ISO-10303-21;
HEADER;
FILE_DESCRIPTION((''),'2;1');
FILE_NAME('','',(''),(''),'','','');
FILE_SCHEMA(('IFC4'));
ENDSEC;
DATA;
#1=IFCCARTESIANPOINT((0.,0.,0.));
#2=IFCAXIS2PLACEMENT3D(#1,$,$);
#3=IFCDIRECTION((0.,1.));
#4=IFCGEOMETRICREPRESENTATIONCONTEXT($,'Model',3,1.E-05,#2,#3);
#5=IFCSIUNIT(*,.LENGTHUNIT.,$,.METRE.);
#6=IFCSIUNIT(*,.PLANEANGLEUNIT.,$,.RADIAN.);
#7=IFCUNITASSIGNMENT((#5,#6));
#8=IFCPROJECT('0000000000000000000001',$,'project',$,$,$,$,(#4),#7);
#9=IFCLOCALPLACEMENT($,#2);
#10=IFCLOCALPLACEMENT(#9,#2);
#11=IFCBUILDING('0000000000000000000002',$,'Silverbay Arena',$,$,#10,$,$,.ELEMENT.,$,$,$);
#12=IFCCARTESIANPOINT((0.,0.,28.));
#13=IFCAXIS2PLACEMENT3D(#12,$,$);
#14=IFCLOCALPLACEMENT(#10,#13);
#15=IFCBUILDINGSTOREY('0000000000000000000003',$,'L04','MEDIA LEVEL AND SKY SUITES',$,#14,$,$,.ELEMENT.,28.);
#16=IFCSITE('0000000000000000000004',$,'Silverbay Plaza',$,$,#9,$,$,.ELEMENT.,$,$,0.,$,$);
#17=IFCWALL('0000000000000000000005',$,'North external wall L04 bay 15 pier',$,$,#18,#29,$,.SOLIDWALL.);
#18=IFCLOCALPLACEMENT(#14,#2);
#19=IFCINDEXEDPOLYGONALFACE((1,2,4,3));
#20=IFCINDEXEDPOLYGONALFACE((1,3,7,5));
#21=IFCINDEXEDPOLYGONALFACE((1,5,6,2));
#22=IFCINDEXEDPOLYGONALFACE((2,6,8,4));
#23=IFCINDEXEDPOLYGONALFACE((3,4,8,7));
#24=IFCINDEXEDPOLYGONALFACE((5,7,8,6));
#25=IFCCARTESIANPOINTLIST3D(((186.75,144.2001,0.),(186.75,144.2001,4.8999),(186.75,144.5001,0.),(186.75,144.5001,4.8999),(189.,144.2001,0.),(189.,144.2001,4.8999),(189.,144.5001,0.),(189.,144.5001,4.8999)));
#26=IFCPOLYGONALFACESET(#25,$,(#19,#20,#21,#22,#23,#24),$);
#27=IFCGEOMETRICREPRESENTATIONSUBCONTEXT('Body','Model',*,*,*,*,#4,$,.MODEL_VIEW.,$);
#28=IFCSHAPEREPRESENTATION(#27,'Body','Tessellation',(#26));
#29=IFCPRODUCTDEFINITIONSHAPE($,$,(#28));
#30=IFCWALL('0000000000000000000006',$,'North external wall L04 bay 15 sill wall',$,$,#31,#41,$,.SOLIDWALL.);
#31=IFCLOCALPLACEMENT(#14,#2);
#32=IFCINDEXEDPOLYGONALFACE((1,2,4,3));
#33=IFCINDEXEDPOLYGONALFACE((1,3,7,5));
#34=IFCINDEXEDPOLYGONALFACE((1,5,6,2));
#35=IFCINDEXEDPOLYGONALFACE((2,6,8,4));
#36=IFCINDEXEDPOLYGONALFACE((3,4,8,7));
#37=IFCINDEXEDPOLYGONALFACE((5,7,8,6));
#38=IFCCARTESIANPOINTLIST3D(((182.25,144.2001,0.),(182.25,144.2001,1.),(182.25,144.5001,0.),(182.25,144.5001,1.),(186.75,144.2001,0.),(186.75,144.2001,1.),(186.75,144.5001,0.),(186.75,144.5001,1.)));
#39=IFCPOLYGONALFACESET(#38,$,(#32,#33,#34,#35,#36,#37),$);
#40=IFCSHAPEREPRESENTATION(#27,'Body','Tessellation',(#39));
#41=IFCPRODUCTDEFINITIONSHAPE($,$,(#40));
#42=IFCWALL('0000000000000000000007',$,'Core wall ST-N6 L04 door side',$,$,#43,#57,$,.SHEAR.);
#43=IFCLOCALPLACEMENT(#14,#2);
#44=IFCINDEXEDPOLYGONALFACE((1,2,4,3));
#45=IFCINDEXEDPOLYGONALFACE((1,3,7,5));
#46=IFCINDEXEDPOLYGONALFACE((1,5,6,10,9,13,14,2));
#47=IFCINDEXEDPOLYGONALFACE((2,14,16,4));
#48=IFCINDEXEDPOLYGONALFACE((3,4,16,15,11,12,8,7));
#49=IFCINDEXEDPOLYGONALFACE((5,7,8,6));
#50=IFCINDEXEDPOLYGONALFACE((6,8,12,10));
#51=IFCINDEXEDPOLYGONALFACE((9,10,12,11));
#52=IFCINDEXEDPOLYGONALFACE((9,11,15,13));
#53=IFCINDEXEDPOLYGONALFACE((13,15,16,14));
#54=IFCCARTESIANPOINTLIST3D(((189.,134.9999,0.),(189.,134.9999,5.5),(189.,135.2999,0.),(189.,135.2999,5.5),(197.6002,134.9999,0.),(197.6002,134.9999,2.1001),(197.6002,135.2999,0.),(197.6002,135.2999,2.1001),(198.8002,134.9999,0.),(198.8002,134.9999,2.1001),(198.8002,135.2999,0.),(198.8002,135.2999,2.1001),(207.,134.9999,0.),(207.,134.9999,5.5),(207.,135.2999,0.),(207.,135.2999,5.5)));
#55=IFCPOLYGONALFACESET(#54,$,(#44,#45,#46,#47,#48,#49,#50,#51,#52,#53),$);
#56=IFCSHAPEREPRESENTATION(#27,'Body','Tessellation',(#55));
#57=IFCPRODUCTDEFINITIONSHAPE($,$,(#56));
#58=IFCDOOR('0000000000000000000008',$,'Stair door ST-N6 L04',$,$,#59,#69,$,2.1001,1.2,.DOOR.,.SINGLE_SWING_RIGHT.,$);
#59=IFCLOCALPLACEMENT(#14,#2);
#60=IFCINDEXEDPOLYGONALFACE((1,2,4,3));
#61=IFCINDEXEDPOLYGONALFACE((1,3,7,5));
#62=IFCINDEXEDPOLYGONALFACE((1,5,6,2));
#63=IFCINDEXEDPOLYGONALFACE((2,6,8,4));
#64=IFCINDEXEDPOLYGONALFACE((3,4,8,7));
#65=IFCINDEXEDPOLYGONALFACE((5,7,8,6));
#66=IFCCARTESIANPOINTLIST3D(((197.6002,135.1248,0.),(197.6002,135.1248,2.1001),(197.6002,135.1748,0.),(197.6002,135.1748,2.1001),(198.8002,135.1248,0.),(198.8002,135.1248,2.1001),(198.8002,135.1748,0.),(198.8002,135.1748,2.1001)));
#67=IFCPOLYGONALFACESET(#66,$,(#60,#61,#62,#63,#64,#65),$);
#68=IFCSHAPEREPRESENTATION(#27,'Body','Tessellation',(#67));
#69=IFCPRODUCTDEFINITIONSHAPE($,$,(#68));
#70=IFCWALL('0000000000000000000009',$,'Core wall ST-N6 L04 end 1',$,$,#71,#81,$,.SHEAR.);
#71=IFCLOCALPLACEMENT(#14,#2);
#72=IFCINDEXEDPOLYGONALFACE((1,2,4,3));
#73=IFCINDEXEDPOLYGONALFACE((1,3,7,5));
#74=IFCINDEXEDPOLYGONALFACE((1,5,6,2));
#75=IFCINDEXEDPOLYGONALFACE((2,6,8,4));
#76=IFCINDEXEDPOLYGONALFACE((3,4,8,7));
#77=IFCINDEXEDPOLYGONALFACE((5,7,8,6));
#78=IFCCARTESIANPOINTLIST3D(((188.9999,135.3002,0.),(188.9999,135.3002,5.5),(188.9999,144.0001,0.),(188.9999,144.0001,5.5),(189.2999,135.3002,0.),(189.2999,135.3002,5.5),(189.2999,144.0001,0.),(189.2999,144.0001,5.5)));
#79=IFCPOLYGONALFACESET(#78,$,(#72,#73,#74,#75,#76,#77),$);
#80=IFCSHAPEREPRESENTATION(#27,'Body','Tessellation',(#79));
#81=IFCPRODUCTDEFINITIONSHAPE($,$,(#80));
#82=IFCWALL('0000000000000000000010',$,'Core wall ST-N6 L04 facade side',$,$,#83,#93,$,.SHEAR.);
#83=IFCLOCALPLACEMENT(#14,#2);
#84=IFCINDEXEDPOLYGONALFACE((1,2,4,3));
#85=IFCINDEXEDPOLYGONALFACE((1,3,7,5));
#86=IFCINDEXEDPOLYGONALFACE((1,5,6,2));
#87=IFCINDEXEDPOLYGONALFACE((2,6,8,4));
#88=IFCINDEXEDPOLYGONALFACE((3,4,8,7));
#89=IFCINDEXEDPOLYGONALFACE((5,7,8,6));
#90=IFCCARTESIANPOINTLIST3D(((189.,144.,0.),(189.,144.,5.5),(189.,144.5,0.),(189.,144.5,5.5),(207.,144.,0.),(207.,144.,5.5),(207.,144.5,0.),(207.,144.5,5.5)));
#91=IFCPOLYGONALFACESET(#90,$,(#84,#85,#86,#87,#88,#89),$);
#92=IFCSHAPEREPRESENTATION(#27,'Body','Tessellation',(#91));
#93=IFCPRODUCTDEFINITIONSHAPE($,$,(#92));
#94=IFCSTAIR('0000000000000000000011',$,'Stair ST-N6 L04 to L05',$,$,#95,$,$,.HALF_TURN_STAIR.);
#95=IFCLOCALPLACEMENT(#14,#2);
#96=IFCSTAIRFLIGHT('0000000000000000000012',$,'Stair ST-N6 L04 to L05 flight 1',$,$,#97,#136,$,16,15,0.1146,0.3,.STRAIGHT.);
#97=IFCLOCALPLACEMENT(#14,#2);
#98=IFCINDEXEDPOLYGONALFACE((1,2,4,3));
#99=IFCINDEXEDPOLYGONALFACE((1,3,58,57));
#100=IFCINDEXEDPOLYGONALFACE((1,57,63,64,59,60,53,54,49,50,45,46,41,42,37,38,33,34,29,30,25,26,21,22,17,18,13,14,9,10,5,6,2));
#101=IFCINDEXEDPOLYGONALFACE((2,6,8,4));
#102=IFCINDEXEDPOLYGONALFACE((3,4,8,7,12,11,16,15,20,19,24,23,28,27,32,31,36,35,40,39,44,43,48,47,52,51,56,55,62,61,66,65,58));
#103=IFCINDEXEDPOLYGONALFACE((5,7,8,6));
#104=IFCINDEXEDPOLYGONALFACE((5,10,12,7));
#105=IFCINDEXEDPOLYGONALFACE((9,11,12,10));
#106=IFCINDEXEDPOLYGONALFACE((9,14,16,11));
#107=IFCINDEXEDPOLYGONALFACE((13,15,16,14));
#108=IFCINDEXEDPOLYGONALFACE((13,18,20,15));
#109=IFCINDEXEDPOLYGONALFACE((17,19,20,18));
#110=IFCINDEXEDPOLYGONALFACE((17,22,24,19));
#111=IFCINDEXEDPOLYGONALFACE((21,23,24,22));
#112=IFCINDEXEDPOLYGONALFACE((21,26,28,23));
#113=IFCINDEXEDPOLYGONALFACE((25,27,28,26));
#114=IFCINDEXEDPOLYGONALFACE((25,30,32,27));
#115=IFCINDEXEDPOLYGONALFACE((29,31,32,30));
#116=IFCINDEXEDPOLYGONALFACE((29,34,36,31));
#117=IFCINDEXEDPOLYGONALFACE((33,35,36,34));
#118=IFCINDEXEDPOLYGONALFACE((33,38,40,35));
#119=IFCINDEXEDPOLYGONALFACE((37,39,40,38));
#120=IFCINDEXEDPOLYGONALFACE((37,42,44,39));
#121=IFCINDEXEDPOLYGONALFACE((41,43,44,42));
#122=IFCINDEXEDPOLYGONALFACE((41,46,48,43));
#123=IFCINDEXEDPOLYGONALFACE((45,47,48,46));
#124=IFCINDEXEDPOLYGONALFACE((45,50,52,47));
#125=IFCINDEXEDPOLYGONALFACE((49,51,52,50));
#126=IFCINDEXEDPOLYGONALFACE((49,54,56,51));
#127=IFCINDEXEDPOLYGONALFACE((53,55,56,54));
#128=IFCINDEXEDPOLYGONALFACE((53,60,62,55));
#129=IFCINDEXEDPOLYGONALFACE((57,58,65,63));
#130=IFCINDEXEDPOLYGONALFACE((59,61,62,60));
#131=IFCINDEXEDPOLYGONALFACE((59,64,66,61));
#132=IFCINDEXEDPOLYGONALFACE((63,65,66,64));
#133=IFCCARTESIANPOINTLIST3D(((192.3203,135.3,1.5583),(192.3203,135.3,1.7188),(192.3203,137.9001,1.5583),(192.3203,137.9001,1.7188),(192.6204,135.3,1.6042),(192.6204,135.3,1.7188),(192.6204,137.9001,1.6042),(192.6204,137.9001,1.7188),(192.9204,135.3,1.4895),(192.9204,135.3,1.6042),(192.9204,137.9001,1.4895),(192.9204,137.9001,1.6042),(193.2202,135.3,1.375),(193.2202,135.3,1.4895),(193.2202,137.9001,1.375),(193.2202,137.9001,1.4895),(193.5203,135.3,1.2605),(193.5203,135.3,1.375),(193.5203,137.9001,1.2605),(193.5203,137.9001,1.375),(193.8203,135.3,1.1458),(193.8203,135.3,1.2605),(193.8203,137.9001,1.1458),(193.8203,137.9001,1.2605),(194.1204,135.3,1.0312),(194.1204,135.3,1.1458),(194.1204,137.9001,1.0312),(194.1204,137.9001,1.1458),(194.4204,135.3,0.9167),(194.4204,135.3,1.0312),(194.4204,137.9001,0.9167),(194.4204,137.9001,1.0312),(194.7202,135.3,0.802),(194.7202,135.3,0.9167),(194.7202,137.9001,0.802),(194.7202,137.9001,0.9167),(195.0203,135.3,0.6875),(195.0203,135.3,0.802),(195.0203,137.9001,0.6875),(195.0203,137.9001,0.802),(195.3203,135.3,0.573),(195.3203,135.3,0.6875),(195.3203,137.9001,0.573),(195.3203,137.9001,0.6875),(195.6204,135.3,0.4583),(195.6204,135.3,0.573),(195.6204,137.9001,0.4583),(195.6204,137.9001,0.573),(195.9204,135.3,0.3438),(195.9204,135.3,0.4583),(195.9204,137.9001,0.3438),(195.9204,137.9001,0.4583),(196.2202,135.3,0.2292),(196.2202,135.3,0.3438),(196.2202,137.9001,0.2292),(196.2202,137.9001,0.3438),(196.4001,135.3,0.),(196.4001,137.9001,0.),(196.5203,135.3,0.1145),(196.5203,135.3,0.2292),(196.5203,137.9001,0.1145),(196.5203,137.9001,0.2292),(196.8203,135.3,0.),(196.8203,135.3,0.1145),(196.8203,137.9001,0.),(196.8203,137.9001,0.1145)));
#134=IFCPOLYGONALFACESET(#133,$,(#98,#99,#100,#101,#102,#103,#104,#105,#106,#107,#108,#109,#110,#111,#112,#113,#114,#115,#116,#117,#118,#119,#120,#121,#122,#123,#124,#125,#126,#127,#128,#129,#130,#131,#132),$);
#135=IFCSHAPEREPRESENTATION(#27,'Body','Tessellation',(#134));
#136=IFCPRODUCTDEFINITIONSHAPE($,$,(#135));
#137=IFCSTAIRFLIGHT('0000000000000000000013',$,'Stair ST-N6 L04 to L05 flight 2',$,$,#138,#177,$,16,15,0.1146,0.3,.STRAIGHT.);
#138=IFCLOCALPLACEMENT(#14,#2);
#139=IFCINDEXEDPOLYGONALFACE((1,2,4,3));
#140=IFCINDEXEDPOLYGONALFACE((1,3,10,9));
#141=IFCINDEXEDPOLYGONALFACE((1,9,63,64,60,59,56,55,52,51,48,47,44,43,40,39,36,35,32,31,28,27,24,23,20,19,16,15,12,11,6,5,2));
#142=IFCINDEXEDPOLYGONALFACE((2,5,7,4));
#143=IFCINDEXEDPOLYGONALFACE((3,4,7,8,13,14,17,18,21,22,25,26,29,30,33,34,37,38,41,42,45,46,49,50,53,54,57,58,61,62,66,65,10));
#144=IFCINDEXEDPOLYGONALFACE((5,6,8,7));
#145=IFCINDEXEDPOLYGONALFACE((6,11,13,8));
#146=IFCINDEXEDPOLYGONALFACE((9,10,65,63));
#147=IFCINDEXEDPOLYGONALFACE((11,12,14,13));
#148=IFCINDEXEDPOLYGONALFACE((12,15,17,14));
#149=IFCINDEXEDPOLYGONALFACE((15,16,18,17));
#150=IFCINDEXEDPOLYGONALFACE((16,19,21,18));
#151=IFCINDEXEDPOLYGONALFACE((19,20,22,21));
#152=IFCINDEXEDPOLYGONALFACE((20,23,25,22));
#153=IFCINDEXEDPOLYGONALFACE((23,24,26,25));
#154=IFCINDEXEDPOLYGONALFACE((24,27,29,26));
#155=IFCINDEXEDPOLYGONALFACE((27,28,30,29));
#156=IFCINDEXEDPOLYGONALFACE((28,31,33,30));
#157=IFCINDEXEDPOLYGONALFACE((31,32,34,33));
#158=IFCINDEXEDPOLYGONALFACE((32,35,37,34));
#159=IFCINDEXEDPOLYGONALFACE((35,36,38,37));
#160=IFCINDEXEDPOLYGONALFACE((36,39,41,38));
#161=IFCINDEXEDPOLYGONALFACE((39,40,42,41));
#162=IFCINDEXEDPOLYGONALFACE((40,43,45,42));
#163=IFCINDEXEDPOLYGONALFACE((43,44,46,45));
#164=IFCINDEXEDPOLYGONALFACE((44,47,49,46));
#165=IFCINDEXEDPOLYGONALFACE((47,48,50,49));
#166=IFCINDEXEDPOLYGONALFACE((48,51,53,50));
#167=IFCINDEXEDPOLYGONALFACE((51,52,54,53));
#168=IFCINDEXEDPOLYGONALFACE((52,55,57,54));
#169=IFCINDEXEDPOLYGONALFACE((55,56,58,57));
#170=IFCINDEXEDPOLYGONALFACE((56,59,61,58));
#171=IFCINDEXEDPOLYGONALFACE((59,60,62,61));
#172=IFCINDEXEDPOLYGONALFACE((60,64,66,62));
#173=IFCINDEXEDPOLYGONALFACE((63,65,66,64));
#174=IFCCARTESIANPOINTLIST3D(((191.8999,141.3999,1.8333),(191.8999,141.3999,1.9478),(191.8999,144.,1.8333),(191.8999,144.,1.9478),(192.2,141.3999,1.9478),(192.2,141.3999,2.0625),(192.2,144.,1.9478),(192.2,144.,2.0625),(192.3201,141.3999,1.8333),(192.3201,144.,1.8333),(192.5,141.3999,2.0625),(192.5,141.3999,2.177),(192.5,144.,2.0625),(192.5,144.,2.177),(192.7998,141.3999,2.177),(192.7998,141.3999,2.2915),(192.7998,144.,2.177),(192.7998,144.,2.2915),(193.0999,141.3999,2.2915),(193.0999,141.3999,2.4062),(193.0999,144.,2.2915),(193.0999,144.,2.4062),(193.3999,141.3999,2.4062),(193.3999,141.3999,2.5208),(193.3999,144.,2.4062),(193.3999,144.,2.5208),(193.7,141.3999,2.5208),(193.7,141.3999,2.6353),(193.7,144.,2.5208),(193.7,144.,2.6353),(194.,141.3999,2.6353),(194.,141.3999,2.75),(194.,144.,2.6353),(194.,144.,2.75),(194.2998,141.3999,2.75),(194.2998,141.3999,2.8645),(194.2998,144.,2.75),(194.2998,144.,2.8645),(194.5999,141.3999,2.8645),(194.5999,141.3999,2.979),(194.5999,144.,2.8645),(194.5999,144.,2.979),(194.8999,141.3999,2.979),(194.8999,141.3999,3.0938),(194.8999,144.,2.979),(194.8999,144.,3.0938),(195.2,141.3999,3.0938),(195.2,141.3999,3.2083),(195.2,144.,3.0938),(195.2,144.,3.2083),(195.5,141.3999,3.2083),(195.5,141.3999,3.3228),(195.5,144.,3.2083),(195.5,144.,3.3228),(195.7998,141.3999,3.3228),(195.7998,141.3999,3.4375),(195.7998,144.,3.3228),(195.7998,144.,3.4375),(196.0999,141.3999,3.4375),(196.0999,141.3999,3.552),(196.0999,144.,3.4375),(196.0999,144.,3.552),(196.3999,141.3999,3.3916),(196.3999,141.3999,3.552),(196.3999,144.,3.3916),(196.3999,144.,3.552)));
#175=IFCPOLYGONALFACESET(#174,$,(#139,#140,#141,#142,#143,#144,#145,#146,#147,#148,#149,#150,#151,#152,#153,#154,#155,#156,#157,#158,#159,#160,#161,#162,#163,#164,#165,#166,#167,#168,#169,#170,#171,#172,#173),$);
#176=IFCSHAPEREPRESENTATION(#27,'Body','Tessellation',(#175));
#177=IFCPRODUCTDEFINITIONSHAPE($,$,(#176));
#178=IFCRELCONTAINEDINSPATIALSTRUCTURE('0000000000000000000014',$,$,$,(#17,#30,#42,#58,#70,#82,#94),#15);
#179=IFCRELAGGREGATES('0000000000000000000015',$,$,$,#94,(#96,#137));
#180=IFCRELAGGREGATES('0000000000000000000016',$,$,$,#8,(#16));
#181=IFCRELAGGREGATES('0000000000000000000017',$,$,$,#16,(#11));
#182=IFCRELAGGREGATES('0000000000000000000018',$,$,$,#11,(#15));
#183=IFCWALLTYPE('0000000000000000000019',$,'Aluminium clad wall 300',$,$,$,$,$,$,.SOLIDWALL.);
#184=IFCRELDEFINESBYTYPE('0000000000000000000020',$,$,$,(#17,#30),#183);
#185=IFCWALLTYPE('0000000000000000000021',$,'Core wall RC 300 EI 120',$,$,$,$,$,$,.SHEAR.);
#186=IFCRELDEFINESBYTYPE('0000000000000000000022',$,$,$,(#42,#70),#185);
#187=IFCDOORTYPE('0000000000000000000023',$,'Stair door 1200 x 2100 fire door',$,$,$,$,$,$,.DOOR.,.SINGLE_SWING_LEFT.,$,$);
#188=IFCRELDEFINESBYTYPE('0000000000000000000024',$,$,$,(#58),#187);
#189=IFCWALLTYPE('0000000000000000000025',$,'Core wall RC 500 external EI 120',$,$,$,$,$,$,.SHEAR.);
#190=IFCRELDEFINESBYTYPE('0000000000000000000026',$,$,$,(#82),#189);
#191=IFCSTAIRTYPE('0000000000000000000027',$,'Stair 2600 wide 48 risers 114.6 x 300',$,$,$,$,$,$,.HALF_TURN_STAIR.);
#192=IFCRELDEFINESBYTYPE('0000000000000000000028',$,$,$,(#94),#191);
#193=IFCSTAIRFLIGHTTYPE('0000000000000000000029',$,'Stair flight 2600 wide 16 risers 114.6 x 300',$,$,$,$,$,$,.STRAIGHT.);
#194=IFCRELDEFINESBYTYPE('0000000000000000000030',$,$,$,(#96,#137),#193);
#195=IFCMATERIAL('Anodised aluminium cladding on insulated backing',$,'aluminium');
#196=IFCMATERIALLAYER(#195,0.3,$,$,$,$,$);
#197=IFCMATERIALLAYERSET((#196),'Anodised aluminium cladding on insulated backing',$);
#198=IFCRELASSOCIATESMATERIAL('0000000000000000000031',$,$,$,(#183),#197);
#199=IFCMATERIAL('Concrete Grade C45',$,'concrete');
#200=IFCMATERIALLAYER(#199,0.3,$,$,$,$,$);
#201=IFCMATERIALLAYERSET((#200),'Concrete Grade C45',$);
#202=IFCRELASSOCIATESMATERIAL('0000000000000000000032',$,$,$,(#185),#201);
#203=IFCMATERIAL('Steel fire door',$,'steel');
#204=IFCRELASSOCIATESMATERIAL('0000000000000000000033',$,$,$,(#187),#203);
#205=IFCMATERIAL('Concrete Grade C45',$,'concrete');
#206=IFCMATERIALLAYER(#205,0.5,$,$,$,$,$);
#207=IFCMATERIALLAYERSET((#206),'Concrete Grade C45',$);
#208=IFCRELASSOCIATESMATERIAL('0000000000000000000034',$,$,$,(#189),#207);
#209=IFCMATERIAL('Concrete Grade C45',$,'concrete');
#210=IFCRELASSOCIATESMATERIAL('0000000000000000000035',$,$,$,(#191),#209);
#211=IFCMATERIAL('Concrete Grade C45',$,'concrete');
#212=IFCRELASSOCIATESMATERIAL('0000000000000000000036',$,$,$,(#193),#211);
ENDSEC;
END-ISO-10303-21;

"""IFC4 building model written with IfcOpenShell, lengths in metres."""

from ifc_helpers import new_model, si_unit, direction, frame, frame_2d, origin, place, context, subcontext, project, spatial, polyline, rectangle, outline, extrude, material, layer, layer_set, type_object, element, fill, aggregate, save


model = new_model("IFC4")

# Units and contexts
model_context = context("Model", 3, precision=1e-05, world=origin(), true_north=direction((0.0, 1.0)))
body_context = subcontext(model_context, "Body", "Model", "MODEL_VIEW")
ifc_project = project(units=[si_unit("LENGTHUNIT", "METRE"), si_unit("PLANEANGLEUNIT", "RADIAN")], contexts=[model_context])

# Site, building, storey
site_placement = place(None, origin())
site = spatial("IfcSite", under=ifc_project, at=site_placement, Name="Silverbay Plaza", CompositionType="ELEMENT", RefElevation=0.0)
building_placement = place(site_placement, origin())
building = spatial("IfcBuilding", under=site, at=building_placement, Name="Silverbay Arena", CompositionType="ELEMENT")
storey_placement = place(building_placement, frame((0.0, 0.0, 28.0)))
storey = spatial("IfcBuildingStorey", under=building, at=storey_placement, Name="L04", Description="MEDIA LEVEL AND SKY SUITES", CompositionType="ELEMENT", Elevation=28.0)

# Walls
ifc_material_1 = material(Name="Anodised aluminium cladding on insulated backing", Category="aluminium")
ifc_layer_1 = layer(ifc_material_1, 0.3)
ifc_layer_set_1 = layer_set([ifc_layer_1], Name="Anodised aluminium cladding on insulated backing")
wall_type_1 = type_object("IfcWallType", Name="Aluminium clad wall 300", PredefinedType="SOLIDWALL", material=ifc_layer_set_1)
wall_1_placement = place(storey_placement, frame((189.0, 144.3501, 0.0), z_axis=(0.0, 0.0, 1.0), x_axis=(-1.0, 0.0, 0.0)))
element("IfcWall", 1, at=wall_1_placement, inside=storey, type_object=wall_type_1, Name="North external wall L04 bay 15 pier", PredefinedType="SOLIDWALL", context=body_context, shape_type="SweptSolid", body=[
    extrude(rectangle(XDim=2.25, YDim=0.3, at=frame_2d((1.125, 0.0))), origin(), (0.0, 0.0, 1.0), 4.8999),
])
wall_2_placement = place(storey_placement, frame((186.75, 144.3501, 0.0), z_axis=(0.0, 0.0, 1.0), x_axis=(-1.0, 0.0, 0.0)))
element("IfcWall", 2, at=wall_2_placement, inside=storey, type_object=wall_type_1, Name="North external wall L04 bay 15 sill wall", PredefinedType="SOLIDWALL", context=body_context, shape_type="SweptSolid", body=[
    extrude(rectangle(XDim=4.5, YDim=0.3, at=frame_2d((2.25, 0.0))), origin(), (0.0, 0.0, 1.0), 1.0),
])

# Wall, opening, door
ifc_material_2 = material(Name="Concrete Grade C45", Category="concrete")
ifc_layer_2 = layer(ifc_material_2, 0.3)
ifc_layer_set_2 = layer_set([ifc_layer_2], Name="Concrete Grade C45")
wall_type_2 = type_object("IfcWallType", Name="Core wall RC 300 EI 120", PredefinedType="SHEAR", material=ifc_layer_set_2)
wall_3_placement = place(storey_placement, frame((189.0, 135.1499, 0.0), z_axis=(0.0, 0.0, 1.0), x_axis=(1.0, 0.0, 0.0)))
wall_3 = element("IfcWall", 3, at=wall_3_placement, inside=storey, type_object=wall_type_2, Name="Core wall ST-N6 L04 door side", PredefinedType="SHEAR", context=body_context, shape_type="SweptSolid", body=[
    extrude(rectangle(XDim=18.0, YDim=0.3, at=frame_2d((9.0, 0.0))), origin(), (0.0, 0.0, 1.0), 5.5),
])
opening_placement = place(wall_3_placement, frame((8.6001, 0.0, 0.0)))
opening = element("IfcOpeningElement", 4, at=opening_placement, cuts=wall_3, PredefinedType="OPENING", context=body_context, shape_type="SweptSolid", body=[
    extrude(rectangle(XDim=1.2, YDim=2.1001, at=frame_2d((0.6001, 1.05))), frame((0.0, 0.1602, 0.0), z_axis=(0.0, -1.0, 0.0), x_axis=(1.0, 0.0, 0.0)), (0.0, 0.0, 1.0), 0.3201),
])
ifc_material_3 = material(Name="Steel fire door", Category="steel")
door_type = type_object("IfcDoorType", Name="Stair door 1200 x 2100 fire door", OperationType="SINGLE_SWING_LEFT", PredefinedType="DOOR", material=ifc_material_3)
door_placement = place(opening_placement, origin())
door = element("IfcDoor", 5, at=door_placement, inside=storey, type_object=door_type, Name="Stair door ST-N6 L04", OperationType="SINGLE_SWING_RIGHT", OverallHeight=2.1001, OverallWidth=1.2, PredefinedType="DOOR", context=body_context, shape_type="SweptSolid", body=[
    extrude(rectangle(XDim=1.2, YDim=2.1001, at=frame_2d((0.6001, 1.05))), frame((0.0, 0.0249, 0.0), z_axis=(0.0, -1.0, 0.0), x_axis=(1.0, 0.0, 0.0)), (0.0, 0.0, 1.0), 0.05),
])
fill(opening, door)

# Walls
wall_4_placement = place(storey_placement, frame((189.1499, 135.3, 0.0), z_axis=(0.0, 0.0, 1.0), x_axis=(0.0, 1.0, 0.0)))
element("IfcWall", 6, at=wall_4_placement, inside=storey, type_object=wall_type_2, Name="Core wall ST-N6 L04 end 1", PredefinedType="SHEAR", context=body_context, shape_type="SweptSolid", body=[
    extrude(rectangle(XDim=8.7, YDim=0.3, at=frame_2d((4.3501, 0.0))), origin(), (0.0, 0.0, 1.0), 5.5),
])
ifc_material_4 = material(Name="Concrete Grade C45", Category="concrete")
ifc_layer_3 = layer(ifc_material_4, 0.5)
ifc_layer_set_3 = layer_set([ifc_layer_3], Name="Concrete Grade C45")
wall_type_3 = type_object("IfcWallType", Name="Core wall RC 500 external EI 120", PredefinedType="SHEAR", material=ifc_layer_set_3)
wall_5_placement = place(storey_placement, frame((189.0, 144.25, 0.0), z_axis=(0.0, 0.0, 1.0), x_axis=(1.0, 0.0, 0.0)))
element("IfcWall", 7, at=wall_5_placement, inside=storey, type_object=wall_type_3, Name="Core wall ST-N6 L04 facade side", PredefinedType="SHEAR", context=body_context, shape_type="SweptSolid", body=[
    extrude(rectangle(XDim=18.0, YDim=0.5, at=frame_2d((9.0, 0.0))), origin(), (0.0, 0.0, 1.0), 5.5),
])

# Stair, stair flights
ifc_material_5 = material(Name="Concrete Grade C45", Category="concrete")
stair_type = type_object("IfcStairType", Name="Stair 2600 wide 48 risers 114.6 x 300", PredefinedType="HALF_TURN_STAIR", material=ifc_material_5)
stair_placement = place(storey_placement, origin())
stair = element("IfcStair", 8, at=stair_placement, inside=storey, type_object=stair_type, Name="Stair ST-N6 L04 to L05", PredefinedType="HALF_TURN_STAIR")
ifc_material_6 = material(Name="Concrete Grade C45", Category="concrete")
stair_flight_type = type_object("IfcStairFlightType", Name="Stair flight 2600 wide 16 risers 114.6 x 300", PredefinedType="STRAIGHT", material=ifc_material_6)
stair_flight_1_placement = place(storey_placement, frame((196.8203, 136.6001, 0.0), z_axis=(0.0, 0.0, 1.0), x_axis=(-1.0, 0.0, 0.0)))
stair_flight_1 = element("IfcStairFlight", 9, at=stair_flight_1_placement, type_object=stair_flight_type, Name="Stair ST-N6 L04 to L05 flight 1", NumberOfRisers=16, NumberOfTreads=15, PredefinedType="STRAIGHT", RiserHeight=0.1146, TreadLength=0.3, context=body_context, shape_type="SweptSolid", body=[
    extrude(outline(polyline([(0.0, 0.0), (0.0, 0.1145), (0.3, 0.1145), (0.3, 0.2292), (0.6001, 0.2292), (0.6001, 0.3438), (0.8999, 0.3438), (0.8999, 0.4583), (1.2, 0.4583), (1.2, 0.573), (1.5, 0.573), (1.5, 0.6875), (1.8, 0.6875), (1.8, 0.802), (2.1001, 0.802), (2.1001, 0.9167), (2.3999, 0.9167), (2.3999, 1.0312), (2.7, 1.0312), (2.7, 1.1458), (3.0, 1.1458), (3.0, 1.2605), (3.3, 1.2605), (3.3, 1.375), (3.6001, 1.375), (3.6001, 1.4895), (3.8999, 1.4895), (3.8999, 1.6042), (4.2, 1.6042), (4.2, 1.7188), (4.5, 1.7188), (4.5, 1.5583), (0.4202, 0.0), (0.0, 0.0)])), frame((0.0, 1.3, 0.0), z_axis=(0.0, -1.0, 0.0), x_axis=(1.0, 0.0, 0.0)), (0.0, 0.0, 1.0), 2.6001),
])
stair_flight_2_placement = place(storey_placement, frame((191.8999, 142.7, 1.8333), z_axis=(0.0, 0.0, 1.0), x_axis=(1.0, 0.0, 0.0)))
stair_flight_2 = element("IfcStairFlight", 10, at=stair_flight_2_placement, type_object=stair_flight_type, Name="Stair ST-N6 L04 to L05 flight 2", NumberOfRisers=16, NumberOfTreads=15, PredefinedType="STRAIGHT", RiserHeight=0.1146, TreadLength=0.3, context=body_context, shape_type="SweptSolid", body=[
    extrude(outline(polyline([(0.0, 0.0), (0.0, 0.1145), (0.3, 0.1145), (0.3, 0.2292), (0.6001, 0.2292), (0.6001, 0.3438), (0.8999, 0.3438), (0.8999, 0.4583), (1.2, 0.4583), (1.2, 0.573), (1.5, 0.573), (1.5, 0.6875), (1.8, 0.6875), (1.8, 0.802), (2.1001, 0.802), (2.1001, 0.9167), (2.3999, 0.9167), (2.3999, 1.0312), (2.7, 1.0312), (2.7, 1.1458), (3.0, 1.1458), (3.0, 1.2605), (3.3, 1.2605), (3.3, 1.375), (3.6001, 1.375), (3.6001, 1.4895), (3.8999, 1.4895), (3.8999, 1.6042), (4.2, 1.6042), (4.2, 1.7188), (4.5, 1.7188), (4.5, 1.5583), (0.4202, 0.0), (0.0, 0.0)])), frame((0.0, 1.3, 0.0), z_axis=(0.0, -1.0, 0.0), x_axis=(1.0, 0.0, 0.0)), (0.0, 0.0, 1.0), 2.6001),
])
aggregate(stair, [stair_flight_1, stair_flight_2])

save(model, "model.ifc")
